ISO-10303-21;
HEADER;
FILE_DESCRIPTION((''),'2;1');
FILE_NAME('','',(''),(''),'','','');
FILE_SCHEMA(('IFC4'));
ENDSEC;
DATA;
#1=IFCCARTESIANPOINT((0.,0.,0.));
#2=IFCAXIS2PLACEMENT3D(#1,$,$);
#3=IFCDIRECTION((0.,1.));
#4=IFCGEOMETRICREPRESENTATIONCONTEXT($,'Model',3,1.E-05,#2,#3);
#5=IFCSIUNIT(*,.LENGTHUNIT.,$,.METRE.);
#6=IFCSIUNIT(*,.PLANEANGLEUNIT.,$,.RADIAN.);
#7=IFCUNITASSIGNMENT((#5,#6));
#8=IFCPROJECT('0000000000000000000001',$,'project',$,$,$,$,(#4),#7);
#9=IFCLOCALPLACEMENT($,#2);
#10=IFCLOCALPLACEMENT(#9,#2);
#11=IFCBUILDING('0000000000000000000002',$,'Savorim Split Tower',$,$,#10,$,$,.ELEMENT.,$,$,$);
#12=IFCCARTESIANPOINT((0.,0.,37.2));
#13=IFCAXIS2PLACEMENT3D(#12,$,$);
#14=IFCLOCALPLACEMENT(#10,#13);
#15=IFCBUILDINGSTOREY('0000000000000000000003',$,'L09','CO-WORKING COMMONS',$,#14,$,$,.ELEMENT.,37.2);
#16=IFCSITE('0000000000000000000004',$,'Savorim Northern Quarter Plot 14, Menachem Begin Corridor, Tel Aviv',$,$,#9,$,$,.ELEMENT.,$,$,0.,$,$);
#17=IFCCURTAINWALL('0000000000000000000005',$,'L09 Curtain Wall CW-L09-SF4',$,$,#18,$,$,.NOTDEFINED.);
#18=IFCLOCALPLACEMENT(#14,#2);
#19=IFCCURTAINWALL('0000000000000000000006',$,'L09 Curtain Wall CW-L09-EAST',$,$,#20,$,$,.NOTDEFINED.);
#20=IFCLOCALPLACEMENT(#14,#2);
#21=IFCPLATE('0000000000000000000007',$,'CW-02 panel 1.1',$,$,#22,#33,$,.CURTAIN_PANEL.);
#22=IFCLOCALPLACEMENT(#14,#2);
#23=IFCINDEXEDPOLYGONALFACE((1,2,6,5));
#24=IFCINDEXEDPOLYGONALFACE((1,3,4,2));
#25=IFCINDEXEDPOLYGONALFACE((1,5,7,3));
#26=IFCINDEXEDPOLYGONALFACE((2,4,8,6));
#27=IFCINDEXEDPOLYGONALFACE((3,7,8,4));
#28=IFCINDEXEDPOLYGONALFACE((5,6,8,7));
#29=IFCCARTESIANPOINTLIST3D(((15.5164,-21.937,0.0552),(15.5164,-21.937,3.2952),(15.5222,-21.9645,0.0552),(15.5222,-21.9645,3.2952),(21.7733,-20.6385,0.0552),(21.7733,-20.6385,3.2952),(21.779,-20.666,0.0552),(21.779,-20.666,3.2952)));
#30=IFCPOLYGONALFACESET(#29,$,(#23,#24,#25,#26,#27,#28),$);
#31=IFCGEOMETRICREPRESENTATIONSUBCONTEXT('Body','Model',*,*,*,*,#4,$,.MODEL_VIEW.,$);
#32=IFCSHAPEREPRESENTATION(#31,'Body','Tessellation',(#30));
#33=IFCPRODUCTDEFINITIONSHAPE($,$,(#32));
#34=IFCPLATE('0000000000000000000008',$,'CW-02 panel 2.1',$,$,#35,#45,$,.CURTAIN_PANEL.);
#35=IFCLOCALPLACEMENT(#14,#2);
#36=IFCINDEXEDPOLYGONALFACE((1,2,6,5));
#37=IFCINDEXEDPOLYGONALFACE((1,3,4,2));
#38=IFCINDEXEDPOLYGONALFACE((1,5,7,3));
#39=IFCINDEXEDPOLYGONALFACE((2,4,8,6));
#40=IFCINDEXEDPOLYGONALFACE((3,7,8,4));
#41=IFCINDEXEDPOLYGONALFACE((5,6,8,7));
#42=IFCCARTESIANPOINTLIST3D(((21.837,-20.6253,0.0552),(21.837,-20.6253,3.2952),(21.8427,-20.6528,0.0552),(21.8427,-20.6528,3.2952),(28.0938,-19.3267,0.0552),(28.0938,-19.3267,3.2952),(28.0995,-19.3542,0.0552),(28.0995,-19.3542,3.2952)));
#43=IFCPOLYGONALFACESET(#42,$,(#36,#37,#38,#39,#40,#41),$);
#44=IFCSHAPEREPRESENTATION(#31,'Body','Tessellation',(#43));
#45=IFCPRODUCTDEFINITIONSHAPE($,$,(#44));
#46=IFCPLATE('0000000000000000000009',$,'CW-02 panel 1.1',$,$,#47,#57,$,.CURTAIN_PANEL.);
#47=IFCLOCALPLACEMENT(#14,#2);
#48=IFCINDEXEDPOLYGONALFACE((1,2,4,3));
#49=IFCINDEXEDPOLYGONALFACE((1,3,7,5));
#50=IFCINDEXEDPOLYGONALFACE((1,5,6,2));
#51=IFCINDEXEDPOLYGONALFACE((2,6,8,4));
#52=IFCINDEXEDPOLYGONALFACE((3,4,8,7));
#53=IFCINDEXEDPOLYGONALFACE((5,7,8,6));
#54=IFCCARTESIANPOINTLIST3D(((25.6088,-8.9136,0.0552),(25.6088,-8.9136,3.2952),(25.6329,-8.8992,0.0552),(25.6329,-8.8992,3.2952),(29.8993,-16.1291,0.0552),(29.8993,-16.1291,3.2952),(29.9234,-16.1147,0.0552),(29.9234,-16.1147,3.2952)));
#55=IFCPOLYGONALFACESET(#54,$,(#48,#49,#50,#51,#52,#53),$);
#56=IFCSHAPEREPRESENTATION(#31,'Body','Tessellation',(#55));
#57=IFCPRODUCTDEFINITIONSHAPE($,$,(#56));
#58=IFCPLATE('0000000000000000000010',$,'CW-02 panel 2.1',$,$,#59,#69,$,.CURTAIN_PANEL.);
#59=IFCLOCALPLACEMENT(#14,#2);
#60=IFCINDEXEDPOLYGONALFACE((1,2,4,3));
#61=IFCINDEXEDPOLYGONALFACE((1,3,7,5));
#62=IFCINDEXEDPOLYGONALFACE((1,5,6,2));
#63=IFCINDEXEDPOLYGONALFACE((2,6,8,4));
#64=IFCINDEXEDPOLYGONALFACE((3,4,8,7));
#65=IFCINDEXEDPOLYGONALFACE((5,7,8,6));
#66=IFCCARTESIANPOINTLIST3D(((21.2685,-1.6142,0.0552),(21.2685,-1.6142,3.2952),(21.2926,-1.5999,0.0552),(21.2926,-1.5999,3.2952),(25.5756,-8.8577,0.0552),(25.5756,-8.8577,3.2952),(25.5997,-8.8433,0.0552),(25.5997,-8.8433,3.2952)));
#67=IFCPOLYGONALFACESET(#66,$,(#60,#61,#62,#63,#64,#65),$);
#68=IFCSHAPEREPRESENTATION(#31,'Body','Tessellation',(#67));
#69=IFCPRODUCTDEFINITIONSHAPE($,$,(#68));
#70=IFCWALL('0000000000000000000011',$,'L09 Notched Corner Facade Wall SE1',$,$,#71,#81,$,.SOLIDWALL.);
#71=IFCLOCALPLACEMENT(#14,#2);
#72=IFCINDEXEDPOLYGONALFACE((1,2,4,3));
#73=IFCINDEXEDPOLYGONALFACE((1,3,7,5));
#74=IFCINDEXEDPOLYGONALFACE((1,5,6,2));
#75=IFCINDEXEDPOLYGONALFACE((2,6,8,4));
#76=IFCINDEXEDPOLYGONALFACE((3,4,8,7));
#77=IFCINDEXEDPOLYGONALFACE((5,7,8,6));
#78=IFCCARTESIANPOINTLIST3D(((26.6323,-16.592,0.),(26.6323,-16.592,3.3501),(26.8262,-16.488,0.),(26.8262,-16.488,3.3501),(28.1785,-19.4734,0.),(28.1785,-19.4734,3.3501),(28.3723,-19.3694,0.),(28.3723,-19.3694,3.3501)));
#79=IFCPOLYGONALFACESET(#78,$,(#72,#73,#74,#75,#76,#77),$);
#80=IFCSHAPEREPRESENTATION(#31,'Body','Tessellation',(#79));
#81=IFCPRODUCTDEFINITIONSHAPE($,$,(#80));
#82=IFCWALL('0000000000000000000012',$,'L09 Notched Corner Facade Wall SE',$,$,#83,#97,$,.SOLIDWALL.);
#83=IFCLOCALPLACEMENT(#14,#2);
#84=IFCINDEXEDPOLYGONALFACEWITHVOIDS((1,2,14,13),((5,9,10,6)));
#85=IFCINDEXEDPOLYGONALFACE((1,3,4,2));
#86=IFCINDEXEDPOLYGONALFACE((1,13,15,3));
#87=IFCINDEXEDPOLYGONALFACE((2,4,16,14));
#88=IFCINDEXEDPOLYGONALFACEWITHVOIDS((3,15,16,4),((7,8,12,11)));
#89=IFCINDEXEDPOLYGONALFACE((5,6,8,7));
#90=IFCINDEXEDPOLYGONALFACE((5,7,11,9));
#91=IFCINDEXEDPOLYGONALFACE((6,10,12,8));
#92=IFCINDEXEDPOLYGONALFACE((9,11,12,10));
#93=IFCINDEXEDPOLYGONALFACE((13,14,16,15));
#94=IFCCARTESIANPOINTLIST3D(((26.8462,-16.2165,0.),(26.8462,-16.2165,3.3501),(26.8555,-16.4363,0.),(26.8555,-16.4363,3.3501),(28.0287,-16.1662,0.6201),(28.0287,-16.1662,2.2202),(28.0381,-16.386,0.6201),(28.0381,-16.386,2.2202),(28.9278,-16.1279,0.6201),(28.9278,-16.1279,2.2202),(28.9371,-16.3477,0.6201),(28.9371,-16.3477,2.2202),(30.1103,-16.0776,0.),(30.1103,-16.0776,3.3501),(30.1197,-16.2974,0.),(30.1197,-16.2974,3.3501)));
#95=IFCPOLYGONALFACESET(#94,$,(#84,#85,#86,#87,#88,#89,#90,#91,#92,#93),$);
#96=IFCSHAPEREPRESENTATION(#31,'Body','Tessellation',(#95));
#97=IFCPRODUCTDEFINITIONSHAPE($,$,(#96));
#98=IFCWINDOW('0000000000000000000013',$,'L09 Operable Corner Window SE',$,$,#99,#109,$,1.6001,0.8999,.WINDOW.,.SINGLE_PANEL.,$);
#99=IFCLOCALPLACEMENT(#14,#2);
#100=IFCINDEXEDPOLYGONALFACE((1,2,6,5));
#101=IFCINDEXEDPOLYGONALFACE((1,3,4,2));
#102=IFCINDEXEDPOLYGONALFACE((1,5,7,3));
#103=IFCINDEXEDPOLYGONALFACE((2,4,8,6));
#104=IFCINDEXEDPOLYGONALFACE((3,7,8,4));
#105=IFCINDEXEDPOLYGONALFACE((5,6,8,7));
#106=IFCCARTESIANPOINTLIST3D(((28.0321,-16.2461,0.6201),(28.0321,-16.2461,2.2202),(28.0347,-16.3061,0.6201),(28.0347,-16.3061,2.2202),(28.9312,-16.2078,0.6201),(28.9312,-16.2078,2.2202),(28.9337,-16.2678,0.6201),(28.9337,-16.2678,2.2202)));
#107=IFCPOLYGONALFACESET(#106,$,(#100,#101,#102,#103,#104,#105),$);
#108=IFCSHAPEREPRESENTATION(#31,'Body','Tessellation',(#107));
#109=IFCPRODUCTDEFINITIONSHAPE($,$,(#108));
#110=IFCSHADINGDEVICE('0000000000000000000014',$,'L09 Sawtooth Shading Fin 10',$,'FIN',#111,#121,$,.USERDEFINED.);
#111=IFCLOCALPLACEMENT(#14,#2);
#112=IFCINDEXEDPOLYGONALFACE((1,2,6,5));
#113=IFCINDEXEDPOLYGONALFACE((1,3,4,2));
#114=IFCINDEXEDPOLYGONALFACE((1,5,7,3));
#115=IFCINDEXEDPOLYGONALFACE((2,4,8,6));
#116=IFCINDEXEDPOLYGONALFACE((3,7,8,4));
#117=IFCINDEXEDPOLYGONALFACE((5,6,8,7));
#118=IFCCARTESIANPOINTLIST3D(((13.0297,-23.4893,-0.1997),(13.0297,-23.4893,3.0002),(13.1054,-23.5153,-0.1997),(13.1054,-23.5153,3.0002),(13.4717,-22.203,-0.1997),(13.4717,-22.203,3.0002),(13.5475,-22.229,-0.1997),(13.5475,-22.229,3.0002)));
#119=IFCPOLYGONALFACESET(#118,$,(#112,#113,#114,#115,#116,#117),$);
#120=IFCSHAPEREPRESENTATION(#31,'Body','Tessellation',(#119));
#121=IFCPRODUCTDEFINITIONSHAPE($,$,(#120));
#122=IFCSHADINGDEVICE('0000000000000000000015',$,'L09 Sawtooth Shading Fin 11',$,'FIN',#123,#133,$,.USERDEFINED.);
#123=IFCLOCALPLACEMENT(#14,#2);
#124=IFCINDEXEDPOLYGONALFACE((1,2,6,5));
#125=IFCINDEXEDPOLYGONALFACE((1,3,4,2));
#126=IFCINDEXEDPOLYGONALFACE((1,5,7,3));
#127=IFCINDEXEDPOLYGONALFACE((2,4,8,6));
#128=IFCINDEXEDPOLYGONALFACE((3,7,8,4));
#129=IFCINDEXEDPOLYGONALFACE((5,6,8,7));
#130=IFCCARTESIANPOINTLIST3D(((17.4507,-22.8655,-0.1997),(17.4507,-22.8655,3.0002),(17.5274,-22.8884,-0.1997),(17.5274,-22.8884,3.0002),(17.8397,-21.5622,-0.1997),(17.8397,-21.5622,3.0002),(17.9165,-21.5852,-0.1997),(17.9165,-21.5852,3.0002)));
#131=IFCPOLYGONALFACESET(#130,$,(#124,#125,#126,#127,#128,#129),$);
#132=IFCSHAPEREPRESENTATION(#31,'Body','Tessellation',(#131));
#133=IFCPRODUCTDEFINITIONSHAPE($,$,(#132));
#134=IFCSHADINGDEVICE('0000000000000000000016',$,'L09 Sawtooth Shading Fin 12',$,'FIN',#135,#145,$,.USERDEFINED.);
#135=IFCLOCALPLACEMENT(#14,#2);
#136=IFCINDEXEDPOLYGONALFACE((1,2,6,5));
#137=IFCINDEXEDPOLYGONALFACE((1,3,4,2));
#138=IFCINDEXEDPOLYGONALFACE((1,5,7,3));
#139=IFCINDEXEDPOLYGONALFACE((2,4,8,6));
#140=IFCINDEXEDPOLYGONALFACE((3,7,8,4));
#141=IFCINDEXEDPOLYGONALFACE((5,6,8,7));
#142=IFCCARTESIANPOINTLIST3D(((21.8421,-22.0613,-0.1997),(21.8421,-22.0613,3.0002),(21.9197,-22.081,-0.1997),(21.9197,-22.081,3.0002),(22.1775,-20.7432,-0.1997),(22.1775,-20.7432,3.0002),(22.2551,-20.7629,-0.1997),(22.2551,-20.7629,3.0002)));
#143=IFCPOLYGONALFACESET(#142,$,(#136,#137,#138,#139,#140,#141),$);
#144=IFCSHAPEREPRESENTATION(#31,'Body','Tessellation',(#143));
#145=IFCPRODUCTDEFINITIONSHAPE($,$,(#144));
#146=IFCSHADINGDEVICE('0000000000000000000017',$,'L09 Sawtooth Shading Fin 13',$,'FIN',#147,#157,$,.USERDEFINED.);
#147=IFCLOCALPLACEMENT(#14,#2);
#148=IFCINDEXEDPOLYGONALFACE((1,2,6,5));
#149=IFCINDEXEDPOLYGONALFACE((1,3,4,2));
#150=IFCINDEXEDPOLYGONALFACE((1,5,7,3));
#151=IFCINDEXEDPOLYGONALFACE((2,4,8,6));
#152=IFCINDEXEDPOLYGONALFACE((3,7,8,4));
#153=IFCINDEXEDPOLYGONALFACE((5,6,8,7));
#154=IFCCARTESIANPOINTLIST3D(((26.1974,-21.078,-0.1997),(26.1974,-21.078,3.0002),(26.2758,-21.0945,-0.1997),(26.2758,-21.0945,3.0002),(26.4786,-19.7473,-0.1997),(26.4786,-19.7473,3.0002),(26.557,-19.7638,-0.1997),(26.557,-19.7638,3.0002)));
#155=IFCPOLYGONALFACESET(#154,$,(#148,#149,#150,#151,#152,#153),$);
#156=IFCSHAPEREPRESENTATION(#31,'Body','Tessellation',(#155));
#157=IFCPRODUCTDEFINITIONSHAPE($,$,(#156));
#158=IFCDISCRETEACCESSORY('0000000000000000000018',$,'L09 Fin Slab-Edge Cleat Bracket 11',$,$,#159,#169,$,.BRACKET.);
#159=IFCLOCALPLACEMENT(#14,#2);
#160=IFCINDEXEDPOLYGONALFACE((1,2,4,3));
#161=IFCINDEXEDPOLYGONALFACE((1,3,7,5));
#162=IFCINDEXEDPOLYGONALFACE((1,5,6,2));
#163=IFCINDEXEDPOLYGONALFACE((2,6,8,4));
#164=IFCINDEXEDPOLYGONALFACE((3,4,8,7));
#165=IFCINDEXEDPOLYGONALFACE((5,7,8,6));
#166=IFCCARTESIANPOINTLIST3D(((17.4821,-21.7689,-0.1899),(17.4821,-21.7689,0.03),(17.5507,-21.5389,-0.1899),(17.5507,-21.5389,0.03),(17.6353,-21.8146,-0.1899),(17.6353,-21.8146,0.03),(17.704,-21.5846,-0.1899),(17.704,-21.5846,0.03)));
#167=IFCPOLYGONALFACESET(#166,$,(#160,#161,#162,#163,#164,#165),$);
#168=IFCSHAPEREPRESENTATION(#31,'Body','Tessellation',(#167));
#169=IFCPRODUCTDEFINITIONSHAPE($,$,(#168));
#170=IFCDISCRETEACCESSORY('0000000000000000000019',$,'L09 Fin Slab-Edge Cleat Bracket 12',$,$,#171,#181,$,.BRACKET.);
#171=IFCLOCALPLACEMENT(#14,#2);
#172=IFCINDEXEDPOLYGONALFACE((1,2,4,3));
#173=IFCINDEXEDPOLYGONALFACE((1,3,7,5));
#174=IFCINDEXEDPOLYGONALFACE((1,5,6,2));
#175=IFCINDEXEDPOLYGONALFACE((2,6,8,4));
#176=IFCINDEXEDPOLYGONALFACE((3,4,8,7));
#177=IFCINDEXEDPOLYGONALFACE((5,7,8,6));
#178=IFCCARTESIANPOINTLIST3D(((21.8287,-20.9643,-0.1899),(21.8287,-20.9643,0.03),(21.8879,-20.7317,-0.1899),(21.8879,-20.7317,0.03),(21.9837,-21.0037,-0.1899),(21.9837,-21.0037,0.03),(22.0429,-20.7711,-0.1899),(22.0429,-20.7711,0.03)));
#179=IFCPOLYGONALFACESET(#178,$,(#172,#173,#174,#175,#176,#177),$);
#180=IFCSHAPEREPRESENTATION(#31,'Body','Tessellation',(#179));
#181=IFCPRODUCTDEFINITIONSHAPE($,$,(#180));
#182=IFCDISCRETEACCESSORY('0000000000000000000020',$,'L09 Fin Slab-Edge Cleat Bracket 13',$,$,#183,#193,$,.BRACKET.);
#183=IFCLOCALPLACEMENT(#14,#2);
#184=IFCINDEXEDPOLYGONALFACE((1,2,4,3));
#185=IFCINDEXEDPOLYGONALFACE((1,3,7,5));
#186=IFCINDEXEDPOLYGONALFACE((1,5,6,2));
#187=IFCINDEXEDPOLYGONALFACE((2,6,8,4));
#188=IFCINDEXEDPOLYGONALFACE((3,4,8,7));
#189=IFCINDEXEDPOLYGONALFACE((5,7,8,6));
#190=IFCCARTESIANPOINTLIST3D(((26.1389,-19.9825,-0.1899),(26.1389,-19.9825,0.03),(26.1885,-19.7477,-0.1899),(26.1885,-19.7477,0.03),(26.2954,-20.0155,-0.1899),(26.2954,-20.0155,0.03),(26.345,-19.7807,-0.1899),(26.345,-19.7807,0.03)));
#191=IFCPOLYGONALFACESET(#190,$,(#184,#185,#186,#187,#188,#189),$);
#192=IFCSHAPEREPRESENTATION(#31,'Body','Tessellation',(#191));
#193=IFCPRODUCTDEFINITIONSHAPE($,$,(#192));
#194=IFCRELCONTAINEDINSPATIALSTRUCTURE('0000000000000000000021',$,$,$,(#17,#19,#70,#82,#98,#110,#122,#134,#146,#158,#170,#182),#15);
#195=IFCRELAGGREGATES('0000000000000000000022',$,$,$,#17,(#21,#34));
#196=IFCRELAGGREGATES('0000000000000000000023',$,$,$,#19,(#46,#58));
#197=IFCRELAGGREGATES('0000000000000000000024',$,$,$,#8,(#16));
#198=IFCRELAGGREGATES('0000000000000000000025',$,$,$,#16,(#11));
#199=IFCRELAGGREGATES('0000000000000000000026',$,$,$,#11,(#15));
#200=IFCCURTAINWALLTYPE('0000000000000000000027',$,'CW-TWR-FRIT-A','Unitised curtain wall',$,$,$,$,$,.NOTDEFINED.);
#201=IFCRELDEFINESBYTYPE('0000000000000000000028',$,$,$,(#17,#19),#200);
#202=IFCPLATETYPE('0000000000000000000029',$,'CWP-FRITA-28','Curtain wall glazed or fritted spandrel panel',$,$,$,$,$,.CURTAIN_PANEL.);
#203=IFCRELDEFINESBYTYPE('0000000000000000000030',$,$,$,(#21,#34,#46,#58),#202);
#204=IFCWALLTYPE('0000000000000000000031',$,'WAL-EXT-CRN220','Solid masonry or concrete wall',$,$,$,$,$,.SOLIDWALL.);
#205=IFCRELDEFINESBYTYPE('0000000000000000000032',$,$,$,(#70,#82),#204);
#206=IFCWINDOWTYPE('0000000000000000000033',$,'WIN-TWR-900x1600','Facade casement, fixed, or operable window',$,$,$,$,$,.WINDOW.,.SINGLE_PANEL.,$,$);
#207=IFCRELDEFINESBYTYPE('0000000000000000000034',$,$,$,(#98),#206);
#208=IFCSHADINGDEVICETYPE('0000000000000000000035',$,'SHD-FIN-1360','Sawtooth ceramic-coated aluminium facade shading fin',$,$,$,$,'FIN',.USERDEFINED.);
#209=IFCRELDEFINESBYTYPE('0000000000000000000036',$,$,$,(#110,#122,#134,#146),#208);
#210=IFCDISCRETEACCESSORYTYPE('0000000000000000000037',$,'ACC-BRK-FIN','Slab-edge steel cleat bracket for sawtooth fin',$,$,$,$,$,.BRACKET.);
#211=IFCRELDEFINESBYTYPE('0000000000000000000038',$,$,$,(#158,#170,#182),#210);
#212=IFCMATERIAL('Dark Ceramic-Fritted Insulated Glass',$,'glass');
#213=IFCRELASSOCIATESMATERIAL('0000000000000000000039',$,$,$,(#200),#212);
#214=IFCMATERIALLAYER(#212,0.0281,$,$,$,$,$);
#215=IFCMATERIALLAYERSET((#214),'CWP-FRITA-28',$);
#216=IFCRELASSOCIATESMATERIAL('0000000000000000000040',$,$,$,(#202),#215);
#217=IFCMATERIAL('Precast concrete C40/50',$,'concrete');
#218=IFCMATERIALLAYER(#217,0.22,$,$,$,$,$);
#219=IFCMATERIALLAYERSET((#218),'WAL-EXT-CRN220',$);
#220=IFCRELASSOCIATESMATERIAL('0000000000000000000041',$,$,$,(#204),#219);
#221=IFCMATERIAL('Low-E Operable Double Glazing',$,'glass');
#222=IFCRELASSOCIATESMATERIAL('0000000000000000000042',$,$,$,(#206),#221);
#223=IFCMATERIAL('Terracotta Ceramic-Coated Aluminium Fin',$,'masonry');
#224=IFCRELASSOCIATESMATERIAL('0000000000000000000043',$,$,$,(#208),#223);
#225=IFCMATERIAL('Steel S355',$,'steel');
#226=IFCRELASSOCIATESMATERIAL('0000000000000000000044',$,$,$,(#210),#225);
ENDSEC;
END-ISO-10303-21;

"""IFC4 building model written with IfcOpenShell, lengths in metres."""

from ifc_helpers import new_model, si_unit, direction, frame, frame_2d, origin, origin_2d, place, context, subcontext, project, spatial, rectangle, extrude, material, layer, layer_set, type_object, element, fill, aggregate, save


model = new_model("IFC4")

# Units and contexts
model_context = context("Model", 3, precision=1e-05, world=origin(), true_north=direction((0.0, 1.0)))
body_context = subcontext(model_context, "Body", "Model", "MODEL_VIEW")
ifc_project = project(units=[si_unit("LENGTHUNIT", "METRE"), si_unit("PLANEANGLEUNIT", "RADIAN")], contexts=[model_context])

# Site, building, storey
site_placement = place(None, origin())
site = spatial("IfcSite", under=ifc_project, at=site_placement, Name="Savorim Northern Quarter Plot 14, Menachem Begin Corridor, Tel Aviv", CompositionType="ELEMENT", RefElevation=0.0)
building_placement = place(site_placement, origin())
building = spatial("IfcBuilding", under=site, at=building_placement, Name="Savorim Split Tower", CompositionType="ELEMENT")
storey_placement = place(building_placement, frame((0.0, 0.0, 37.2)))
storey = spatial("IfcBuildingStorey", under=building, at=storey_placement, Name="L09", Description="CO-WORKING COMMONS", CompositionType="ELEMENT", Elevation=37.2)

# Shared definitions
ifc_material_1 = material(Name="Steel S355", Category="steel")

# Shared definitions
ifc_material_2 = material(Name="Dark Ceramic-Fritted Insulated Glass", Category="glass")
curtain_wall_type = type_object("IfcCurtainWallType", Name="CW-TWR-FRIT-A", Description="Unitised curtain wall", PredefinedType="NOTDEFINED", material=ifc_material_2)

# Curtain walls
curtain_wall_1_placement = place(storey_placement, origin())
curtain_wall_1 = element("IfcCurtainWall", 1, at=curtain_wall_1_placement, inside=storey, type_object=curtain_wall_type, Name="L09 Curtain Wall CW-L09-SF4", PredefinedType="NOTDEFINED")
curtain_wall_2_placement = place(storey_placement, origin())
curtain_wall_2 = element("IfcCurtainWall", 2, at=curtain_wall_2_placement, inside=storey, type_object=curtain_wall_type, Name="L09 Curtain Wall CW-L09-EAST", PredefinedType="NOTDEFINED")

# Plates
ifc_layer_1 = layer(ifc_material_2, 0.0281)
ifc_layer_set_1 = layer_set([ifc_layer_1], Name="CWP-FRITA-28")
plate_type = type_object("IfcPlateType", Name="CWP-FRITA-28", Description="Curtain wall glazed or fritted spandrel panel", PredefinedType="CURTAIN_PANEL", material=ifc_layer_set_1)
plate_1_placement = place(storey_placement, frame((18.6477, -21.3015, 0.0552), z_axis=(0.0, 0.0, 1.0), x_axis=(0.979135, 0.20321, 0.0)))
plate_1 = element("IfcPlate", 3, at=plate_1_placement, type_object=plate_type, Name="CW-02 panel 1.1", PredefinedType="CURTAIN_PANEL", context=body_context, shape_type="SweptSolid", body=[
    extrude(rectangle(XDim=6.3901, YDim=0.0281, at=origin_2d()), origin(), (0.0, 0.0, 1.0), 3.24),
])
plate_2_placement = place(storey_placement, frame((24.9683, -19.9897, 0.0552), z_axis=(0.0, 0.0, 1.0), x_axis=(0.979135, 0.20321, 0.0)))
plate_2 = element("IfcPlate", 4, at=plate_2_placement, type_object=plate_type, Name="CW-02 panel 2.1", PredefinedType="CURTAIN_PANEL", context=body_context, shape_type="SweptSolid", body=[
    extrude(rectangle(XDim=6.3901, YDim=0.0281, at=origin_2d()), origin(), (0.0, 0.0, 1.0), 3.24),
])
aggregate(curtain_wall_1, [plate_1, plate_2])
plate_3_placement = place(storey_placement, frame((27.7661, -12.5142, 0.0552), z_axis=(0.0, 0.0, 1.0), x_axis=(-0.511092, 0.859526, 0.0)))
plate_3 = element("IfcPlate", 5, at=plate_3_placement, type_object=plate_type, Name="CW-02 panel 1.1", PredefinedType="CURTAIN_PANEL", context=body_context, shape_type="SweptSolid", body=[
    extrude(rectangle(XDim=8.3948, YDim=0.0281, at=origin_2d()), origin(), (0.0, 0.0, 1.0), 3.24),
])
plate_4_placement = place(storey_placement, frame((23.4341, -5.2288, 0.0552), z_axis=(0.0, 0.0, 1.0), x_axis=(-0.511092, 0.859526, 0.0)))
plate_4 = element("IfcPlate", 6, at=plate_4_placement, type_object=plate_type, Name="CW-02 panel 2.1", PredefinedType="CURTAIN_PANEL", context=body_context, shape_type="SweptSolid", body=[
    extrude(rectangle(XDim=8.4272, YDim=0.0281, at=origin_2d()), origin(), (0.0, 0.0, 1.0), 3.24),
])
aggregate(curtain_wall_2, [plate_3, plate_4])

# Wall
ifc_material_3 = material(Name="Precast concrete C40/50", Category="concrete")
ifc_layer_2 = layer(ifc_material_3, 0.22)
ifc_layer_set_2 = layer_set([ifc_layer_2], Name="WAL-EXT-CRN220")
wall_type = type_object("IfcWallType", Name="WAL-EXT-CRN220", Description="Solid masonry or concrete wall", PredefinedType="SOLIDWALL", material=ifc_layer_set_2)
wall_1_placement = place(storey_placement, frame((26.7292, -16.54, 0.0), z_axis=(0.0, 0.0, 1.0), x_axis=(0.47283, -0.881153, 0.0)))
element("IfcWall", 7, at=wall_1_placement, inside=storey, type_object=wall_type, Name="L09 Notched Corner Facade Wall SE1", PredefinedType="SOLIDWALL", context=body_context, shape_type="SweptSolid", body=[
    extrude(rectangle(XDim=3.27, YDim=0.22, at=frame_2d((1.635, 0.0))), origin(), (0.0, 0.0, 1.0), 3.3501),
])

# Wall, opening, window
wall_2_placement = place(storey_placement, frame((30.115, -16.1875, 0.0), z_axis=(0.0, 0.0, 1.0), x_axis=(-0.999096, -0.042519, 0.0)))
wall_2 = element("IfcWall", 8, at=wall_2_placement, inside=storey, type_object=wall_type, Name="L09 Notched Corner Facade Wall SE", PredefinedType="SOLIDWALL", context=body_context, shape_type="SweptSolid", body=[
    extrude(rectangle(XDim=3.2671, YDim=0.22, at=frame_2d((1.6335, 0.0))), origin(), (0.0, 0.0, 1.0), 3.3501),
])
opening_placement = place(wall_2_placement, frame((1.1836, 0.0, 0.6201)))
opening = element("IfcOpeningElement", 9, at=opening_placement, cuts=wall_2, PredefinedType="OPENING", context=body_context, shape_type="SweptSolid", body=[
    extrude(rectangle(XDim=0.8999, YDim=1.6001, at=frame_2d((0.45, 0.8))), frame((0.0, 0.1199, 0.0), z_axis=(0.0, -1.0, 0.0), x_axis=(1.0, 0.0, 0.0)), (0.0, 0.0, 1.0), 0.24),
])
ifc_material_4 = material(Name="Low-E Operable Double Glazing", Category="glass")
window_type = type_object("IfcWindowType", Name="WIN-TWR-900x1600", Description="Facade casement, fixed, or operable window", PartitioningType="SINGLE_PANEL", PredefinedType="WINDOW", material=ifc_material_4)
window_placement = place(opening_placement, origin())
window = element("IfcWindow", 10, at=window_placement, inside=storey, type_object=window_type, Name="L09 Operable Corner Window SE", OverallHeight=1.6001, OverallWidth=0.8999, PartitioningType="SINGLE_PANEL", PredefinedType="WINDOW", context=body_context, shape_type="SweptSolid", body=[
    extrude(rectangle(XDim=0.8999, YDim=1.6001, at=frame_2d((0.45, 0.8))), frame((0.0, 0.03, 0.0), z_axis=(0.0, -1.0, 0.0), x_axis=(1.0, 0.0, 0.0)), (0.0, 0.0, 1.0), 0.0601),
])
fill(opening, window)

# Shading devices
ifc_material_5 = material(Name="Terracotta Ceramic-Coated Aluminium Fin", Category="masonry")
shading_device_type = type_object("IfcShadingDeviceType", Name="SHD-FIN-1360", Description="Sawtooth ceramic-coated aluminium facade shading fin", ElementType="FIN", PredefinedType="USERDEFINED", material=ifc_material_5)
for number, where, z_axis, x_axis, name in (
    (11, (13.2886, -22.8591, -0.1997), (0.0, 0.0, 1.0), (-0.324994, -0.945716, 0.0), "L09 Sawtooth Shading Fin 10"),
    (12, (17.6836, -22.2253, -0.1997), (0.0, 0.0, 1.0), (-0.286026, -0.958222, 0.0), "L09 Sawtooth Shading Fin 11"),
    (13, (22.0486, -21.4121, -0.1997), (0.0, 0.0, 1.0), (-0.246581, -0.969122, 0.0), "L09 Sawtooth Shading Fin 12"),
    (14, (26.3772, -20.4209, -0.1997), (0.0, 0.0, 1.0), (-0.206722, -0.9784, 0.0), "L09 Sawtooth Shading Fin 13"),
):
    element("IfcShadingDevice", number, at=place(storey_placement, frame(where, z_axis=z_axis, x_axis=x_axis)), inside=storey, type_object=shading_device_type, Name=name, ObjectType="FIN", PredefinedType="USERDEFINED", context=body_context, shape_type="SweptSolid", body=[
        extrude(rectangle(XDim=1.3601, YDim=0.0801, at=origin_2d()), origin(), (0.0, 0.0, 1.0), 3.2),
    ])

# Discrete accessories
discrete_accessory_type = type_object("IfcDiscreteAccessoryType", Name="ACC-BRK-FIN", Description="Slab-edge steel cleat bracket for sawtooth fin", PredefinedType="BRACKET", material=ifc_material_1)
for number, where, z_axis, x_axis, name in (
    (15, (17.593, -21.6768, -0.1899), (0.0, 0.0, 1.0), (-0.286026, -0.958222, 0.0), "L09 Fin Slab-Edge Cleat Bracket 11"),
    (16, (21.9358, -20.8677, -0.1899), (0.0, 0.0, 1.0), (-0.246581, -0.969122, 0.0), "L09 Fin Slab-Edge Cleat Bracket 12"),
    (17, (26.2419, -19.8816, -0.1899), (0.0, 0.0, 1.0), (-0.206722, -0.9784, 0.0), "L09 Fin Slab-Edge Cleat Bracket 13"),
):
    element("IfcDiscreteAccessory", number, at=place(storey_placement, frame(where, z_axis=z_axis, x_axis=x_axis)), inside=storey, type_object=discrete_accessory_type, Name=name, PredefinedType="BRACKET", context=body_context, shape_type="SweptSolid", body=[
        extrude(rectangle(XDim=0.24, YDim=0.1599, at=origin_2d()), origin(), (0.0, 0.0, 1.0), 0.22),
    ])

save(model, "model.ifc")
